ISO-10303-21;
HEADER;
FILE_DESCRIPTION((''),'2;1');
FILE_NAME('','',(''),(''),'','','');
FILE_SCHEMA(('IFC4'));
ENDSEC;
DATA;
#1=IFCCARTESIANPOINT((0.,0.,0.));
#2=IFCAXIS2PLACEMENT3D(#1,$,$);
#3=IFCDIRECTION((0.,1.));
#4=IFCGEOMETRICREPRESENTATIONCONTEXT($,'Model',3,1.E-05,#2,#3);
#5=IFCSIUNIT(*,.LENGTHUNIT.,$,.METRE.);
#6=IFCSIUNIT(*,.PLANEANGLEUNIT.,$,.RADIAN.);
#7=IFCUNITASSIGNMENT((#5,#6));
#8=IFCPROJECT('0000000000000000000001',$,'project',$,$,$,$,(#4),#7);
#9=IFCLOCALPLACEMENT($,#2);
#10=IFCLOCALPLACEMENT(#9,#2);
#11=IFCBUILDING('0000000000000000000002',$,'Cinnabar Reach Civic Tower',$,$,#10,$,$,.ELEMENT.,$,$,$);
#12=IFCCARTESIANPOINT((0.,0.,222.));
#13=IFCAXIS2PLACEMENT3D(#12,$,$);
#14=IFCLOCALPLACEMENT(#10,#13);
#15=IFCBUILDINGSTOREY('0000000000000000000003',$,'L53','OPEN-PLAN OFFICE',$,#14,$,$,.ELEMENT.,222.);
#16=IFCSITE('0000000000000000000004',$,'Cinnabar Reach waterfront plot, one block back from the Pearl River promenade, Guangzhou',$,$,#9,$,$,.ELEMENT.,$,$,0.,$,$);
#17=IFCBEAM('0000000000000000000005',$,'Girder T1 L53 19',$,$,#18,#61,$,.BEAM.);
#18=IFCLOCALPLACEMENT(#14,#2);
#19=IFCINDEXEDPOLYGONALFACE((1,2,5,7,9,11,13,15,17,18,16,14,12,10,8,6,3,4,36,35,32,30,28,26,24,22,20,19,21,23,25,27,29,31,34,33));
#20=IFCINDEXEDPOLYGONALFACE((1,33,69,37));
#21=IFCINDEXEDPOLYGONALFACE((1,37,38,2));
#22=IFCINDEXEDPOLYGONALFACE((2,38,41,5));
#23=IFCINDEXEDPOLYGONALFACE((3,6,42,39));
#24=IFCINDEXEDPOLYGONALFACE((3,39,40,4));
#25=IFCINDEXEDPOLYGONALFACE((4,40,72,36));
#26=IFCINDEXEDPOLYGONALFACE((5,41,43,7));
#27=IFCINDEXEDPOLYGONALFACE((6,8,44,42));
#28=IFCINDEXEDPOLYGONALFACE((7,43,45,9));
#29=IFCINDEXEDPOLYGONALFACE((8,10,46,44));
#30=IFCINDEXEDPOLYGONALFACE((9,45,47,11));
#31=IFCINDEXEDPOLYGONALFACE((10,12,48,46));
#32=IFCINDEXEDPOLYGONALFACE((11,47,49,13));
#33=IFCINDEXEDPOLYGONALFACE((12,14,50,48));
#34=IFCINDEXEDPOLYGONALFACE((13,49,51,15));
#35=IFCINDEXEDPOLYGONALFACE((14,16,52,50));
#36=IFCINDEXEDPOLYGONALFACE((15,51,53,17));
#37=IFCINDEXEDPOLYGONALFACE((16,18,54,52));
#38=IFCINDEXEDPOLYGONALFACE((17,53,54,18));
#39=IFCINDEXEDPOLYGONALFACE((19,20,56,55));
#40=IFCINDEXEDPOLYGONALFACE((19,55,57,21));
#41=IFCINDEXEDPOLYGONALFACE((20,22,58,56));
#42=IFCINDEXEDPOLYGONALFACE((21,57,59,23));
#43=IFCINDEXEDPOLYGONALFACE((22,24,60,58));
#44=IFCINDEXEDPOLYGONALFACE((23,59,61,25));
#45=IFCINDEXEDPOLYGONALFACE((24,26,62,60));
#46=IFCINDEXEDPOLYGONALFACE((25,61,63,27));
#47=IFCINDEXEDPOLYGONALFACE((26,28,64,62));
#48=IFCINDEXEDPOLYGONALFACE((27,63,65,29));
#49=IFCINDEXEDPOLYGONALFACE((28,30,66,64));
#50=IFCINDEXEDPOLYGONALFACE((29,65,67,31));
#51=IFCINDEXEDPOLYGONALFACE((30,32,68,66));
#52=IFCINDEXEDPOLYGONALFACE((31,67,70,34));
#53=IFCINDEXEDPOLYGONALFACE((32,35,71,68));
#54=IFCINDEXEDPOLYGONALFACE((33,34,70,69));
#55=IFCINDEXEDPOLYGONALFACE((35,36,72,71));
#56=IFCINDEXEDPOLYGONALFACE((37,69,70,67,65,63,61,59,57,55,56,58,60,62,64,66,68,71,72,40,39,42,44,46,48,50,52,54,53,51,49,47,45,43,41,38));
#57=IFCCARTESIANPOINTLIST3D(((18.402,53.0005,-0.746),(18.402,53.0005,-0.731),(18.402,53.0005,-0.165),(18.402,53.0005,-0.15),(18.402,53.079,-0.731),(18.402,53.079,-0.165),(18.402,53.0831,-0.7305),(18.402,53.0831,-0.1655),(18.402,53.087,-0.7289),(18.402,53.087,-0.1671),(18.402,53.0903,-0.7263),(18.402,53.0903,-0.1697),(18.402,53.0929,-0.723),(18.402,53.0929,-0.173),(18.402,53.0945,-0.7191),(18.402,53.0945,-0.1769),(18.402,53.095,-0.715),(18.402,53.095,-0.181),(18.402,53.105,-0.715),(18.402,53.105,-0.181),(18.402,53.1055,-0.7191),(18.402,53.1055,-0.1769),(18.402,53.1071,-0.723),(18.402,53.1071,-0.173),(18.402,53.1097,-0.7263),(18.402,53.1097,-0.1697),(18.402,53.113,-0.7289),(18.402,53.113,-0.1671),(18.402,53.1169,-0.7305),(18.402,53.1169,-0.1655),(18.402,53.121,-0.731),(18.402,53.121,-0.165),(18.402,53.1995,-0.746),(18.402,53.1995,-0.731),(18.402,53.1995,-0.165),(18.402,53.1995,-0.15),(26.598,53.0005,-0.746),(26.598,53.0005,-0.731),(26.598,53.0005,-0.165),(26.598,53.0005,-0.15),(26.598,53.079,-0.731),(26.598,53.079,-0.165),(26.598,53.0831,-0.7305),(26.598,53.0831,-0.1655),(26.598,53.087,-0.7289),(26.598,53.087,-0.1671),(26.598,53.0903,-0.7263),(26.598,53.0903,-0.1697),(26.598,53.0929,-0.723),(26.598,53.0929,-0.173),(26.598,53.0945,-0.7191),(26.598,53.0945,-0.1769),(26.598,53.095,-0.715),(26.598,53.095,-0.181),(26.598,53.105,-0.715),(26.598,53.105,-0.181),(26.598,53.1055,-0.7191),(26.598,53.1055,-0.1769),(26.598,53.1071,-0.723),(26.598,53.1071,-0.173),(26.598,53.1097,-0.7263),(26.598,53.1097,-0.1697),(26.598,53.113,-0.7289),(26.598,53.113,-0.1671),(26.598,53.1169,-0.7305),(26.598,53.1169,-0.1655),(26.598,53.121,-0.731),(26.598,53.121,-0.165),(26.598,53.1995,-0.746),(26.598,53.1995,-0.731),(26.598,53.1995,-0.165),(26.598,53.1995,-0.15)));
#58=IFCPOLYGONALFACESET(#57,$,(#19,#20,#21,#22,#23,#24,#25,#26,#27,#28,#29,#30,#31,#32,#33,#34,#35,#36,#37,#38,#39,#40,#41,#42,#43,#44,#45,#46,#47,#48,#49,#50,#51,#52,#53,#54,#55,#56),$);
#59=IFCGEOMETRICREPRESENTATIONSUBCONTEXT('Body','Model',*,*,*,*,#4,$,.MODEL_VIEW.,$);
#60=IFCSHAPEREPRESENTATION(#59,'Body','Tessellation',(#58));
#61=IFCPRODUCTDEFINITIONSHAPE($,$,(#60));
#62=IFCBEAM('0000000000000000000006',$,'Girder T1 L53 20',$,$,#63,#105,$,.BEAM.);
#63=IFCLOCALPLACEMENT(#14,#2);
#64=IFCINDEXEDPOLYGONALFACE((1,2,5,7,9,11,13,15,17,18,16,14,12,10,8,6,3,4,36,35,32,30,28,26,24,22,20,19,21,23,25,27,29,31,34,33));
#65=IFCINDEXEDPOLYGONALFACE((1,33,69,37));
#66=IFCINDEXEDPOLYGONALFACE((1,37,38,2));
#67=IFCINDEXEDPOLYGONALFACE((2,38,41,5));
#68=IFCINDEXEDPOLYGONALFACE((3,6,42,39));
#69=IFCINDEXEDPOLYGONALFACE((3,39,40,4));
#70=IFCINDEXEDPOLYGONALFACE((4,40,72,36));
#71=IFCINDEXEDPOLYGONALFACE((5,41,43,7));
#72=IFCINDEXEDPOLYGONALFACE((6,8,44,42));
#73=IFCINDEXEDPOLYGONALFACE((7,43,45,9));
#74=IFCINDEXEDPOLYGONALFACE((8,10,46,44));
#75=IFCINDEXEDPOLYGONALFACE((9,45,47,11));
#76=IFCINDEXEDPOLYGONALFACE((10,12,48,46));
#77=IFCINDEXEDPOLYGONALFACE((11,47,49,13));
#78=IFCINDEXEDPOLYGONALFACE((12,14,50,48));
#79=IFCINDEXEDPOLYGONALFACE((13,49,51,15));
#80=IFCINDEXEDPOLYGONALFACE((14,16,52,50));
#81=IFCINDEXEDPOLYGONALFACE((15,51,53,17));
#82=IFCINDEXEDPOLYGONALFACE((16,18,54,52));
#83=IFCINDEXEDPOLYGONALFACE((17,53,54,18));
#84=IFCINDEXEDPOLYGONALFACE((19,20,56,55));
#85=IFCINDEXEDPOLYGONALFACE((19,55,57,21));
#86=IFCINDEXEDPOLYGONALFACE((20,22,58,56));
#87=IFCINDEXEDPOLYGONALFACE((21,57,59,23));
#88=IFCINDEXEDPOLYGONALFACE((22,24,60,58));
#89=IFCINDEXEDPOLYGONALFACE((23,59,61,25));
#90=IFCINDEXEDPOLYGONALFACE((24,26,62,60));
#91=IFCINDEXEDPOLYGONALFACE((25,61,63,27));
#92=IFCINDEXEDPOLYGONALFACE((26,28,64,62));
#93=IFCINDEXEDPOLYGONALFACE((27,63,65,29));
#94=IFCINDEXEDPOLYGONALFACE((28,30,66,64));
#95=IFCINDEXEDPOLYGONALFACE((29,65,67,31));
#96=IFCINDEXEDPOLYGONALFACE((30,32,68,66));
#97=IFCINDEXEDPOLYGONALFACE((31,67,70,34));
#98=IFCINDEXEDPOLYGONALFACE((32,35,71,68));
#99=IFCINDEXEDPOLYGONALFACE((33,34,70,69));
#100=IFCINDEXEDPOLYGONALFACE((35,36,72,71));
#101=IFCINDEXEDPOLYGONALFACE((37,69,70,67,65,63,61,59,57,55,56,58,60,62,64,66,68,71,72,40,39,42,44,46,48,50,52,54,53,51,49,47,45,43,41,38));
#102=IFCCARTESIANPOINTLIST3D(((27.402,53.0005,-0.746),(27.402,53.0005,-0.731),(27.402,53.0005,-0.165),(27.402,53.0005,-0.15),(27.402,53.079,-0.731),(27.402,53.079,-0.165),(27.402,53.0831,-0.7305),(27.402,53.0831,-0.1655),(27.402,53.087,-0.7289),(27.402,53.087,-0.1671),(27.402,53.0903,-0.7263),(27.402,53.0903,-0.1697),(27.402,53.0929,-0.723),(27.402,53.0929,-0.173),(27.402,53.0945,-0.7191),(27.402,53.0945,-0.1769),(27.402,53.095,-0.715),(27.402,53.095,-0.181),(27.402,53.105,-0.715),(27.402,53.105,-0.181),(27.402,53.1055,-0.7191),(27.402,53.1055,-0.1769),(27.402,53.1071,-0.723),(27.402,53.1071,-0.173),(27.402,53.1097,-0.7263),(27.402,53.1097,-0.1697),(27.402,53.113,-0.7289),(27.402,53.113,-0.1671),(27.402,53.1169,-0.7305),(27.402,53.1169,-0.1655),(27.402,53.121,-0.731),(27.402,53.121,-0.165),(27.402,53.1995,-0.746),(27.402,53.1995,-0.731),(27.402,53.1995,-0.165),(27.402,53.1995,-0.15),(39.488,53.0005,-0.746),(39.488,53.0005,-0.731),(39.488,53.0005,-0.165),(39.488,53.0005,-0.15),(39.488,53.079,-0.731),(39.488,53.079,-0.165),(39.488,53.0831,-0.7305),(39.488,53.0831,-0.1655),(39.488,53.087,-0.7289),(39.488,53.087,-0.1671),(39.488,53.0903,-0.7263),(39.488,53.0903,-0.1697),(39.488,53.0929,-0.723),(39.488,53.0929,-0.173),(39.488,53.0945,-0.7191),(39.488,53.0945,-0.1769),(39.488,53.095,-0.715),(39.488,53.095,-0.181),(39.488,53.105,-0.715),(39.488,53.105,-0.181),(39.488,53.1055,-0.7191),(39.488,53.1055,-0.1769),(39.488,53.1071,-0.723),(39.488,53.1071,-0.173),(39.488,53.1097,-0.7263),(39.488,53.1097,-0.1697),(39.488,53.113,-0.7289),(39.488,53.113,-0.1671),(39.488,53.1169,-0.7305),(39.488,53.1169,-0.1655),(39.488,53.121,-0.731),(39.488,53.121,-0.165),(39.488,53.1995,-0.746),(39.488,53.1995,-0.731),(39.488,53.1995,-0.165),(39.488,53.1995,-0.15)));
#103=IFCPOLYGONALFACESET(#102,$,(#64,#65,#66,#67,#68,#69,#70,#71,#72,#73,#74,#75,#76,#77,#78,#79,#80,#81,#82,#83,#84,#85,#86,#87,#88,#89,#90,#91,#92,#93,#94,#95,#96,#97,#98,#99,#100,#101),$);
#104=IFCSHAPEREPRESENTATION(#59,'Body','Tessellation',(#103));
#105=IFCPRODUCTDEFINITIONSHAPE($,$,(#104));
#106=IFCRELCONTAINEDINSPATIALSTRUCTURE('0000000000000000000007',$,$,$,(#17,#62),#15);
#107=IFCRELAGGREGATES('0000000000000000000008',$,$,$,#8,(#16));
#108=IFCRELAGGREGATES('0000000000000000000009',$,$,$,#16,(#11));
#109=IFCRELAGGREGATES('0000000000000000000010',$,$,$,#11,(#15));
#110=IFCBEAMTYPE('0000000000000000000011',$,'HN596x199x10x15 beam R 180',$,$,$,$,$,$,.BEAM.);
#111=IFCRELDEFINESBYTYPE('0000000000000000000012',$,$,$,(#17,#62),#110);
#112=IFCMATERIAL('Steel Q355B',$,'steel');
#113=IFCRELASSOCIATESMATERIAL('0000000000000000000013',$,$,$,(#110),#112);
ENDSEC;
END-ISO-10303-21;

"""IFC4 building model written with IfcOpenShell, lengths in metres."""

from ifc_helpers import new_model, si_unit, direction, frame, origin, origin_2d, place, context, subcontext, project, spatial, i_section, extrude, material, material_profile, profile_set, type_object, element, save


model = new_model("IFC4")

# Units and contexts
model_context = context("Model", 3, precision=1e-05, world=origin(), true_north=direction((0.0, 1.0)))
body_context = subcontext(model_context, "Body", "Model", "MODEL_VIEW")
ifc_project = project(units=[si_unit("LENGTHUNIT", "METRE"), si_unit("PLANEANGLEUNIT", "RADIAN")], contexts=[model_context])

# Site, building, storey
site_placement = place(None, origin())
site = spatial("IfcSite", under=ifc_project, at=site_placement, Name="Cinnabar Reach waterfront plot, one block back from the Pearl River promenade, Guangzhou", CompositionType="ELEMENT", RefElevation=0.0)
building_placement = place(site_placement, origin())
building = spatial("IfcBuilding", under=site, at=building_placement, Name="Cinnabar Reach Civic Tower", CompositionType="ELEMENT")
storey_placement = place(building_placement, frame((0.0, 0.0, 222.0)))
storey = spatial("IfcBuildingStorey", under=building, at=storey_placement, Name="L53", Description="OPEN-PLAN OFFICE", CompositionType="ELEMENT", Elevation=222.0)

# Beams
ifc_material_1 = material(Name="Steel Q355B", Category="steel")
ifc_material_profile_1 = material_profile(ifc_material_1, i_section(OverallWidth=0.199, OverallDepth=0.596, WebThickness=0.01, FlangeThickness=0.015, FilletRadius=0.016, at=origin_2d()), Name="HN596x199x10x15")
ifc_profile_set_1 = profile_set([ifc_material_profile_1], Name="Steel Q355B")
beam_type_1 = type_object("IfcBeamType", Name="HN596x199x10x15 beam R 180", PredefinedType="BEAM", material=ifc_profile_set_1)
beam_1_placement = place(storey_placement, frame((18.402, 53.1, -0.448), z_axis=(1.0, 0.0, 0.0), x_axis=(0.0, 1.0, 0.0)))
element("IfcBeam", 1, at=beam_1_placement, inside=storey, type_object=beam_type_1, Name="Girder T1 L53 19", PredefinedType="BEAM", context=body_context, shape_type="SweptSolid", body=[
    extrude(i_section(OverallWidth=0.199, OverallDepth=0.596, WebThickness=0.01, FlangeThickness=0.015, FilletRadius=0.016, at=origin_2d()), origin(), (0.0, 0.0, 1.0), 8.196),
])
beam_2_placement = place(storey_placement, frame((27.402, 53.1, -0.448), z_axis=(1.0, 0.0, 0.0), x_axis=(0.0, 1.0, 0.0)))
element("IfcBeam", 2, at=beam_2_placement, inside=storey, type_object=beam_type_1, Name="Girder T1 L53 20", PredefinedType="BEAM", context=body_context, shape_type="SweptSolid", body=[
    extrude(i_section(OverallWidth=0.199, OverallDepth=0.596, WebThickness=0.01, FlangeThickness=0.015, FilletRadius=0.016, at=origin_2d()), origin(), (0.0, 0.0, 1.0), 12.086),
])

save(model, "model.ifc")
